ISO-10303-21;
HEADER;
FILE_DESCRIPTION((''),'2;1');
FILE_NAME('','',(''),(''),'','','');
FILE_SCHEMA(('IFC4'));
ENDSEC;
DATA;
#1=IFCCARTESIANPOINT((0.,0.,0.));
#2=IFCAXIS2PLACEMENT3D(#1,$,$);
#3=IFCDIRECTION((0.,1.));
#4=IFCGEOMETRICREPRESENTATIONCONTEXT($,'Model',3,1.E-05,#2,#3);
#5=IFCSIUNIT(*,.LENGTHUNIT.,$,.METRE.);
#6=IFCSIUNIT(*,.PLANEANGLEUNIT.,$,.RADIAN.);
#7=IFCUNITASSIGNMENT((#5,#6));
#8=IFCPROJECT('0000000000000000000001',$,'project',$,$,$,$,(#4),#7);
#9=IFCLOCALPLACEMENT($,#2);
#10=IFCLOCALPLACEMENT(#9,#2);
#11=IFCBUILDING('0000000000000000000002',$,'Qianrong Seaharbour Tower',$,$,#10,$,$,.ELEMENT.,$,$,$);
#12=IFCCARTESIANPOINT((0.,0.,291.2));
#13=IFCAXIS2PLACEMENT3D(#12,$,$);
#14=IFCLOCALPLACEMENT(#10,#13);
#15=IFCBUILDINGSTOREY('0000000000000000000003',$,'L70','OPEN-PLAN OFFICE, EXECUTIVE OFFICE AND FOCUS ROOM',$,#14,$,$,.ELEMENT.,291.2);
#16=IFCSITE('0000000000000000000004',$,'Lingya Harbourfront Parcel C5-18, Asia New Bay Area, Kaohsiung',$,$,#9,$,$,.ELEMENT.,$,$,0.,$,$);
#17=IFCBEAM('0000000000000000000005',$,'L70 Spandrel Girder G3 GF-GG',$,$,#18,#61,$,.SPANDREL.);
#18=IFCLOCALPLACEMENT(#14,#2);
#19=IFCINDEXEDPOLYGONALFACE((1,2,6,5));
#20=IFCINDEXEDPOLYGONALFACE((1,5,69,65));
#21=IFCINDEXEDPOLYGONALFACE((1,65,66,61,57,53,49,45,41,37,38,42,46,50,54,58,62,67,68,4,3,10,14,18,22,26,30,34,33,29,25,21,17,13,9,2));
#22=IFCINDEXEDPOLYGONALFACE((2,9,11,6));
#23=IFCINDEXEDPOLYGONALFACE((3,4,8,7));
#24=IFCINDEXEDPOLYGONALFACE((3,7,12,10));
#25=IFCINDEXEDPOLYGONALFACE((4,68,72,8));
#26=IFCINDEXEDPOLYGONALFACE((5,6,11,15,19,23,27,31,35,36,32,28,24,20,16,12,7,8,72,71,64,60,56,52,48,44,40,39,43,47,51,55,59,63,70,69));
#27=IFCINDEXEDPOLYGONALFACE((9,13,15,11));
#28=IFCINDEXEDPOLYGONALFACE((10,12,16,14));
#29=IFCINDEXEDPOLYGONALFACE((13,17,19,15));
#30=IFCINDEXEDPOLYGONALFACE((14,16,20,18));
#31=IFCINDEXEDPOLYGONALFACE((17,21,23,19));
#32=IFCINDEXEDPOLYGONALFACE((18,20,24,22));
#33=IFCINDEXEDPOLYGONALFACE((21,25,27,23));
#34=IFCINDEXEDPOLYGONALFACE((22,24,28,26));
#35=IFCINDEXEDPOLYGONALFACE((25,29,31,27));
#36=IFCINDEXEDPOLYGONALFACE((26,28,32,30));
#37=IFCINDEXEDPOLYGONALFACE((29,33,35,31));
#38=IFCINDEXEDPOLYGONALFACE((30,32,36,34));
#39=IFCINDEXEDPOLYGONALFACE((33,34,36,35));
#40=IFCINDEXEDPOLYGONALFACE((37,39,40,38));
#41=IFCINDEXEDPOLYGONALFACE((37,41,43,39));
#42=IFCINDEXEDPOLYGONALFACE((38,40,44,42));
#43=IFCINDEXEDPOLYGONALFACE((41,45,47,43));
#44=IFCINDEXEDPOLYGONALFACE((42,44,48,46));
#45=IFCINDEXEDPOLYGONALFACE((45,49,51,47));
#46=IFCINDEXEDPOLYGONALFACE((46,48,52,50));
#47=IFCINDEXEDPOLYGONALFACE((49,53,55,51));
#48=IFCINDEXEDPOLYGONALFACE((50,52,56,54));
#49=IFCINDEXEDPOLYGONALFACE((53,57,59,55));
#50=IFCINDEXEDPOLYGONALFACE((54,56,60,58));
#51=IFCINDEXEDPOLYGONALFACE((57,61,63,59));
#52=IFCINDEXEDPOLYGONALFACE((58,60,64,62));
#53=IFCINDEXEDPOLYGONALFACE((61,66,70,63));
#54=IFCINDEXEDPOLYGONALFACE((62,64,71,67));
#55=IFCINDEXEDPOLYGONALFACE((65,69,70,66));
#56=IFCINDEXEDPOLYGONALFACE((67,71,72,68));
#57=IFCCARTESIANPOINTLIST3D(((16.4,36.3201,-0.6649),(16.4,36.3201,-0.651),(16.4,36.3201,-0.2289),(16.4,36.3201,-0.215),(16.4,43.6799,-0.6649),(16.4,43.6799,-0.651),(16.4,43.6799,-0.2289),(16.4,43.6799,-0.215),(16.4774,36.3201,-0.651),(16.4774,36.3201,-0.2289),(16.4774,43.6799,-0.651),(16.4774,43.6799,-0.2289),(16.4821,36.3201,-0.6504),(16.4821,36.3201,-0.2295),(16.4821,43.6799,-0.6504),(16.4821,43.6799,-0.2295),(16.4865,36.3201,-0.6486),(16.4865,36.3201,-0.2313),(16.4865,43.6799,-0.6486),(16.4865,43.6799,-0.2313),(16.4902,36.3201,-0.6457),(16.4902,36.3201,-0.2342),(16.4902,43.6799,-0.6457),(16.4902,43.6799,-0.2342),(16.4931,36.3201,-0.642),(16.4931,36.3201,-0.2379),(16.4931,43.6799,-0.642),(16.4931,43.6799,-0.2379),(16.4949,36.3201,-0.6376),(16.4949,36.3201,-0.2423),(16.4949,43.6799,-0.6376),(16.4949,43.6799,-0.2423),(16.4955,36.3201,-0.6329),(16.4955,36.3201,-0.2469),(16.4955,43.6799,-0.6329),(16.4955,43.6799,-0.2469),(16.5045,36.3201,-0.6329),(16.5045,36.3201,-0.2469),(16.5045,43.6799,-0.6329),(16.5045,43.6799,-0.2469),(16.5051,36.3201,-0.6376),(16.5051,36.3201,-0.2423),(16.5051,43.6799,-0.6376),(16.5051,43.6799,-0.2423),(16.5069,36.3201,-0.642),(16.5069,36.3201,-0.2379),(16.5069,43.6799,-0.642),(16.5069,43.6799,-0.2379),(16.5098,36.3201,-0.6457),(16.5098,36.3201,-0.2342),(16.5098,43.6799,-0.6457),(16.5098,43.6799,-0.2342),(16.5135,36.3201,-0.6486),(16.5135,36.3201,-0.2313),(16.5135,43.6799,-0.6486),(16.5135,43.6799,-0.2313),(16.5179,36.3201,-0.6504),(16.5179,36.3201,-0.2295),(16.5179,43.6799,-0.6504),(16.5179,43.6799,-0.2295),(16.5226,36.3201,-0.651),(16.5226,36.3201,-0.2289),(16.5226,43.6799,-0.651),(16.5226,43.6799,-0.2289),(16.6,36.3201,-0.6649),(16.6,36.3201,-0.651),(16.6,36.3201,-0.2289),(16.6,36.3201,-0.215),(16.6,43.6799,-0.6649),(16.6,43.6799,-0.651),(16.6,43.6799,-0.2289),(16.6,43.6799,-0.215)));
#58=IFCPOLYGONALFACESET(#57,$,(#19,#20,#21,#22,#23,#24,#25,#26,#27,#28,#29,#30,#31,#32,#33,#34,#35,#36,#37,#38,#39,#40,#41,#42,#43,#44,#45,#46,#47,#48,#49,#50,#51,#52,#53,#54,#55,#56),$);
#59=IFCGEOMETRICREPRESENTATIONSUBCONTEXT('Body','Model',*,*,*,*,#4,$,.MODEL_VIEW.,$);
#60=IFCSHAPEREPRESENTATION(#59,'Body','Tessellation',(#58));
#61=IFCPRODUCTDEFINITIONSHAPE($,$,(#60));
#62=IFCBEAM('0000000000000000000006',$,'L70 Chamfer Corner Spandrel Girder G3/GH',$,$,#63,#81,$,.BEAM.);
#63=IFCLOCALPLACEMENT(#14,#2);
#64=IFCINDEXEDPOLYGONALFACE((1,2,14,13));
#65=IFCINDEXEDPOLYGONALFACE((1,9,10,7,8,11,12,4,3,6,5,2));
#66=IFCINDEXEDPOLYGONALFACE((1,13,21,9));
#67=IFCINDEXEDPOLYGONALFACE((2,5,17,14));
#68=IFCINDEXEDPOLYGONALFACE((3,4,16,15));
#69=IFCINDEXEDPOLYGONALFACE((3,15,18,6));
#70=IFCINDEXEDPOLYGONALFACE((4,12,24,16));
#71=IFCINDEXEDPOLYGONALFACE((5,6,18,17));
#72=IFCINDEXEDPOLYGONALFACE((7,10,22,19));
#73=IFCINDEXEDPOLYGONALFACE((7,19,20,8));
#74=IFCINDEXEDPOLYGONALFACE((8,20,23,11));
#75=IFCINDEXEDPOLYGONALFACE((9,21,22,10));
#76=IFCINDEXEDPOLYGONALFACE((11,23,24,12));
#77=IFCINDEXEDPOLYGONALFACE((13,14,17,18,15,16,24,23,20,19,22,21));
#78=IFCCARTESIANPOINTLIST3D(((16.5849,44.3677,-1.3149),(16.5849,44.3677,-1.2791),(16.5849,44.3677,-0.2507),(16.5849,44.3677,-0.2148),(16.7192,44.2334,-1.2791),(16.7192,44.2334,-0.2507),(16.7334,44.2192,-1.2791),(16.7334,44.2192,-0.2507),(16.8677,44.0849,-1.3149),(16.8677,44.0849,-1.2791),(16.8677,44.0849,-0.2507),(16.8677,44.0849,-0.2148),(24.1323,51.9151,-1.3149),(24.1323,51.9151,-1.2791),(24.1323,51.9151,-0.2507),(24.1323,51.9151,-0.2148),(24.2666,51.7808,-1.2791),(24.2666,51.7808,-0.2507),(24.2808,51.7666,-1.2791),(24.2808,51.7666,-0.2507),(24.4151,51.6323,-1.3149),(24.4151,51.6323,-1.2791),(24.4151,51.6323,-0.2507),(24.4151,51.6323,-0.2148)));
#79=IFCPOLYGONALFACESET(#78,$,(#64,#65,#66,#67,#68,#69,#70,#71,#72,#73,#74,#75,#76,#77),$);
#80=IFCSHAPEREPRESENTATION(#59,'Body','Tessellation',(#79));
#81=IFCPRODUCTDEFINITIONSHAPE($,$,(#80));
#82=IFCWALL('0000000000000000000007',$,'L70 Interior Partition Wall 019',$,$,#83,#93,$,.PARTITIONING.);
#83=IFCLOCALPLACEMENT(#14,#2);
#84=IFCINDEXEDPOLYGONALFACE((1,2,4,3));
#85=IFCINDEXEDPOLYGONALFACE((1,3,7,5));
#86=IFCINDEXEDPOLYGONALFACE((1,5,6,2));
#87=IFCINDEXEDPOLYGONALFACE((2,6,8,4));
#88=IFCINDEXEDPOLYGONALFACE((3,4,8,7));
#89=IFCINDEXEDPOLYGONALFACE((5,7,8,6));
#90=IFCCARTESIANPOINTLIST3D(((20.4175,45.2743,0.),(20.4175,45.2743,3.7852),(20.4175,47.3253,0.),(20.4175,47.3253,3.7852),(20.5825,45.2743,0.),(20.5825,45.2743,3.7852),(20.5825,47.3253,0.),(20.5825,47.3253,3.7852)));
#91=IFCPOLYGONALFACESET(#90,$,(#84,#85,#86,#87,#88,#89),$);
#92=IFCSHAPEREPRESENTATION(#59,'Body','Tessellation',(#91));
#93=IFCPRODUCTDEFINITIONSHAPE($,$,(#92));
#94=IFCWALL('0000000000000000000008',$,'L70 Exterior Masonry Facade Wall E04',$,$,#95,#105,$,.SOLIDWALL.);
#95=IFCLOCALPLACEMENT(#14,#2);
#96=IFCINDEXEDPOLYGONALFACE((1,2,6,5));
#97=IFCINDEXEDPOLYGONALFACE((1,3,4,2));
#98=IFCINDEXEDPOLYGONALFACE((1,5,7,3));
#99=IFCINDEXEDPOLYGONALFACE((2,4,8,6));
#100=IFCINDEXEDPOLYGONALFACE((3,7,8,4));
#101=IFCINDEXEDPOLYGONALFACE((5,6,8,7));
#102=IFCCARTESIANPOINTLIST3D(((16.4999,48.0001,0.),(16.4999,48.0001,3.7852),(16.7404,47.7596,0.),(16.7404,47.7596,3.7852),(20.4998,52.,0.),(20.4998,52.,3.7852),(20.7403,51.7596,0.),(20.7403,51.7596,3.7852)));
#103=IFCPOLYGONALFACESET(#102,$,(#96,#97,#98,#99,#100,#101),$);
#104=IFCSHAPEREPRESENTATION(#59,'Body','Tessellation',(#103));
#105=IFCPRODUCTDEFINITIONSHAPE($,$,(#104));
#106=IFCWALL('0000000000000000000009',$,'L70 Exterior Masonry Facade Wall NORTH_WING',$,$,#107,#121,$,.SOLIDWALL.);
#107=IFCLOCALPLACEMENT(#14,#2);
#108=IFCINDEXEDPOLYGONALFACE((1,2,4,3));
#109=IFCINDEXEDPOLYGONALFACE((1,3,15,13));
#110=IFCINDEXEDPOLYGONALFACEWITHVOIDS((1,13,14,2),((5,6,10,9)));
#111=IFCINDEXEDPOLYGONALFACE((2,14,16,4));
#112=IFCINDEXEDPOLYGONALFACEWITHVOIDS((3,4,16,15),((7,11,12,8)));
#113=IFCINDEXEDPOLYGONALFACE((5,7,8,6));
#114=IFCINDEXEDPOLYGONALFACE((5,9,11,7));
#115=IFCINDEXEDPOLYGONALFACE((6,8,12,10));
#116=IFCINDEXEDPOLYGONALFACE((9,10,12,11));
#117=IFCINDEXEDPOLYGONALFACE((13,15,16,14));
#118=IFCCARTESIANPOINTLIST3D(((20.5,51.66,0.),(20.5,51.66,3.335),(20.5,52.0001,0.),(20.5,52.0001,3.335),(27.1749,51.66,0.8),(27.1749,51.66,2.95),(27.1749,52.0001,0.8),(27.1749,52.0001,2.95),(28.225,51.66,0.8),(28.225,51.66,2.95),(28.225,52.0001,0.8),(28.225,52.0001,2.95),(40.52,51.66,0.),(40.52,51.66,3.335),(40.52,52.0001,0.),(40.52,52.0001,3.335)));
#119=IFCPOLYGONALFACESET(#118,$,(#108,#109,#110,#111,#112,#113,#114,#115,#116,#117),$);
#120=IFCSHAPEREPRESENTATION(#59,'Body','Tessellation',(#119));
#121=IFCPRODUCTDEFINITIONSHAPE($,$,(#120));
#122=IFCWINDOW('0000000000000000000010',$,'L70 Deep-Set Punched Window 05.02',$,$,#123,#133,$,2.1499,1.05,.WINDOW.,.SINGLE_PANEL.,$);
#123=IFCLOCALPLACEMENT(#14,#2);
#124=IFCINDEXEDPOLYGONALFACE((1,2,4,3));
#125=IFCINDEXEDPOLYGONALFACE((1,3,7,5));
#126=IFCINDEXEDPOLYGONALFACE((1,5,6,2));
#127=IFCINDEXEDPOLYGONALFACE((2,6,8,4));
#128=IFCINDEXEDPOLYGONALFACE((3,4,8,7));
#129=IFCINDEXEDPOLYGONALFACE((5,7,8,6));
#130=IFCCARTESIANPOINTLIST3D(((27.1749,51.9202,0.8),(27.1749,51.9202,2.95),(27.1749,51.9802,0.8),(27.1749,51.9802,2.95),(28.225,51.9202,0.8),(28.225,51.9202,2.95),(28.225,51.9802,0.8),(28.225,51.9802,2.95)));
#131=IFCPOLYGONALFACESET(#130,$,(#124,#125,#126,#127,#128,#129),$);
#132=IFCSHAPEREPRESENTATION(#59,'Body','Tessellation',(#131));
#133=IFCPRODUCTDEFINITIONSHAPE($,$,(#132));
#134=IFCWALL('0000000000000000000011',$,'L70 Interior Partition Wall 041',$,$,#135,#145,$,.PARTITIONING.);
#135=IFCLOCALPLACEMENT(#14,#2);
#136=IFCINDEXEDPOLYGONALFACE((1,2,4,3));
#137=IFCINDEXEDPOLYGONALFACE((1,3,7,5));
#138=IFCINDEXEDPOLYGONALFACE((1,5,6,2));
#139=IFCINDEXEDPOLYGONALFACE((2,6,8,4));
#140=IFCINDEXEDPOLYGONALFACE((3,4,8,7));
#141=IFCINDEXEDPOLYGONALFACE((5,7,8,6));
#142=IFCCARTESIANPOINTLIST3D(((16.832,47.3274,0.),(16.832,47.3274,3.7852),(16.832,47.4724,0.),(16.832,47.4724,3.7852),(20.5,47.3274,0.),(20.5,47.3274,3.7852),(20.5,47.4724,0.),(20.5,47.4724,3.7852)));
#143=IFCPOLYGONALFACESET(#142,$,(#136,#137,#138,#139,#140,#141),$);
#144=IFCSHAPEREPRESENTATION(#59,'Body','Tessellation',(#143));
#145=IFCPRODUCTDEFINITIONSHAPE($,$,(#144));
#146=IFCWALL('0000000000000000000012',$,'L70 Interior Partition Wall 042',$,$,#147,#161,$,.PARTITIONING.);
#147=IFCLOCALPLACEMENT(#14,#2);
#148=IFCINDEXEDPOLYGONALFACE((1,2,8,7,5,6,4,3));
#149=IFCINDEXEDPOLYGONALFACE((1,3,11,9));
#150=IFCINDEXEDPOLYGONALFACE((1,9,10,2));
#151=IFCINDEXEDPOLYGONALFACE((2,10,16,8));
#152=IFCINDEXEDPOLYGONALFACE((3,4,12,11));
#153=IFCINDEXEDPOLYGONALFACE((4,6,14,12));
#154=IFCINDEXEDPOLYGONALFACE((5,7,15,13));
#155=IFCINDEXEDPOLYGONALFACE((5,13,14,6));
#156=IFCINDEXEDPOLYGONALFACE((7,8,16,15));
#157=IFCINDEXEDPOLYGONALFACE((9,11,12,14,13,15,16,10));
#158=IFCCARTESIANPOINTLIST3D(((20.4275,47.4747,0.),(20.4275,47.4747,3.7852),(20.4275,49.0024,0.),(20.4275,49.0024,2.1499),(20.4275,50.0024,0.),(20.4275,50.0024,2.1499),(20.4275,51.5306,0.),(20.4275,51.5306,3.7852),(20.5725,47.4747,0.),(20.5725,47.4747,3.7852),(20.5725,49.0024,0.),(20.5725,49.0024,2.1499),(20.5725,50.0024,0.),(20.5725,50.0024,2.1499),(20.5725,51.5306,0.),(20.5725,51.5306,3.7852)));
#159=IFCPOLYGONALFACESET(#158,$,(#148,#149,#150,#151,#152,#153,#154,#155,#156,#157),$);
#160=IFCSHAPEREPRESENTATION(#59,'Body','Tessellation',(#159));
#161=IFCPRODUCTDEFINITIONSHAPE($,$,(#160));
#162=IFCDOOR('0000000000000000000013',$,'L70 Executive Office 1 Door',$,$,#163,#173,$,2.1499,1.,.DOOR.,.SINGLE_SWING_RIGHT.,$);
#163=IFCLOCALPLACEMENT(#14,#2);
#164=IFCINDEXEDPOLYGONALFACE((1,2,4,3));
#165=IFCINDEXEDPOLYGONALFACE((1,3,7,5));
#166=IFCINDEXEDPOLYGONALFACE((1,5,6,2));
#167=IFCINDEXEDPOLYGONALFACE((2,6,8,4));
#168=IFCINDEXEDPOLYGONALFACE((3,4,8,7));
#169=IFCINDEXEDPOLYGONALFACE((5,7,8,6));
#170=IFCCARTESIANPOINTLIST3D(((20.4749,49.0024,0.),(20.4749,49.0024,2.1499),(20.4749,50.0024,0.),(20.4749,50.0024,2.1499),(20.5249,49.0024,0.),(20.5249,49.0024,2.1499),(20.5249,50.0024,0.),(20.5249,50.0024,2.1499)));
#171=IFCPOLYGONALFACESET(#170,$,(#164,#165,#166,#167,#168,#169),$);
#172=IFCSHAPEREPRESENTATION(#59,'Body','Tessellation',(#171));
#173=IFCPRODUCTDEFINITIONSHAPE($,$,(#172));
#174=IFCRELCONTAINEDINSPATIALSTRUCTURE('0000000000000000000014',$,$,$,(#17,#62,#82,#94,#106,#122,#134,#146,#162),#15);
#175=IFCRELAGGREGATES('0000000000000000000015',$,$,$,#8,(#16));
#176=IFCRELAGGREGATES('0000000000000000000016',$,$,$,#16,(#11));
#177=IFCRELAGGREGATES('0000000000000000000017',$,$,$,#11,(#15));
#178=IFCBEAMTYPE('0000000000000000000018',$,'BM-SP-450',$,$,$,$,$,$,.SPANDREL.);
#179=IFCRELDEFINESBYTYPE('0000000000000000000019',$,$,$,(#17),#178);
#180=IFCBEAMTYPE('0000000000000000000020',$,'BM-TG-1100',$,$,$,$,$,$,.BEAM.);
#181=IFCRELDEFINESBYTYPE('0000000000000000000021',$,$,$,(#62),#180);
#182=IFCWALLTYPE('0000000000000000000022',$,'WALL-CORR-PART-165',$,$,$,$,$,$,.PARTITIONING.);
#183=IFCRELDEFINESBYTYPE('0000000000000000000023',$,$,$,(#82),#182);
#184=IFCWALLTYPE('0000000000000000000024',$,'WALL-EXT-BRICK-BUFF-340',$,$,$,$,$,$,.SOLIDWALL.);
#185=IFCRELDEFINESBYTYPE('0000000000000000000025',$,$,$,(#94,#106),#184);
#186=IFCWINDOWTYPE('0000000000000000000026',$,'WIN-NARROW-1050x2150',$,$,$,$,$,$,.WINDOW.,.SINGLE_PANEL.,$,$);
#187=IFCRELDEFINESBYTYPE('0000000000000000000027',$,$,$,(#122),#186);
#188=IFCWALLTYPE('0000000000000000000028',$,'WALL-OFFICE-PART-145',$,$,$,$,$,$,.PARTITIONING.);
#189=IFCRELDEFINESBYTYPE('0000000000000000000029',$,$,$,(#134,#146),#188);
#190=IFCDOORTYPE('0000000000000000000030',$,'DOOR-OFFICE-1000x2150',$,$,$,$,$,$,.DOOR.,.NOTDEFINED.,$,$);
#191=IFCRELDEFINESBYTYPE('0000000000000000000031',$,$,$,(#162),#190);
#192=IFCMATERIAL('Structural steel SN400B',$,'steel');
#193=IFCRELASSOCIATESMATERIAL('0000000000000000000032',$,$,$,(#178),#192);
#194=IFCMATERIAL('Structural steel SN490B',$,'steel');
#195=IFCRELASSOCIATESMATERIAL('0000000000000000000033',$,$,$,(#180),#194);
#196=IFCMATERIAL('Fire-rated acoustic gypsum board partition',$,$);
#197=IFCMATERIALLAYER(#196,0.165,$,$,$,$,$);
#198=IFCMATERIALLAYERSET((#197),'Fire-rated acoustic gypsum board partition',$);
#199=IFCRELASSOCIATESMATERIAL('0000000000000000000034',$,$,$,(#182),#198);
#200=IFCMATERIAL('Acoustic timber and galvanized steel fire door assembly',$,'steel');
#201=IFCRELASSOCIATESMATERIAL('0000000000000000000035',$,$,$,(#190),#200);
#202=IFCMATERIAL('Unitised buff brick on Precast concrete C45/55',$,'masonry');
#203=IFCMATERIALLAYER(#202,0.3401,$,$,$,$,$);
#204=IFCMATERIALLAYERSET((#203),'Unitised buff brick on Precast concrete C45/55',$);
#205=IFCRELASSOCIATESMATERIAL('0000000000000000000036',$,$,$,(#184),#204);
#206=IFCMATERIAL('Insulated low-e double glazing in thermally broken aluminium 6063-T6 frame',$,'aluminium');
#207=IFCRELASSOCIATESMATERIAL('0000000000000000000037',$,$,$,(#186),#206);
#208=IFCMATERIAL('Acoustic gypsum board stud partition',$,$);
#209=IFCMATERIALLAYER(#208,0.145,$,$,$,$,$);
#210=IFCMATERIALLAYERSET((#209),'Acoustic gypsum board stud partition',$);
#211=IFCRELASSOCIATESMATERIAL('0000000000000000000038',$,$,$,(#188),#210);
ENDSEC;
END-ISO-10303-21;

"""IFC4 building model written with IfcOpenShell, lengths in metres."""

from ifc_helpers import new_model, si_unit, direction, frame, frame_2d, origin, origin_2d, place, context, subcontext, project, spatial, rectangle, i_section, extrude, material, layer, layer_set, material_profile, profile_set, type_object, element, fill, save


model = new_model("IFC4")

# Units and contexts
model_context = context("Model", 3, precision=1e-05, world=origin(), true_north=direction((0.0, 1.0)))
body_context = subcontext(model_context, "Body", "Model", "MODEL_VIEW")
ifc_project = project(units=[si_unit("LENGTHUNIT", "METRE"), si_unit("PLANEANGLEUNIT", "RADIAN")], contexts=[model_context])

# Site, building, storey
site_placement = place(None, origin())
site = spatial("IfcSite", under=ifc_project, at=site_placement, Name="Lingya Harbourfront Parcel C5-18, Asia New Bay Area, Kaohsiung", CompositionType="ELEMENT", RefElevation=0.0)
building_placement = place(site_placement, origin())
building = spatial("IfcBuilding", under=site, at=building_placement, Name="Qianrong Seaharbour Tower", CompositionType="ELEMENT")
storey_placement = place(building_placement, frame((0.0, 0.0, 291.2)))
storey = spatial("IfcBuildingStorey", under=building, at=storey_placement, Name="L70", Description="OPEN-PLAN OFFICE, EXECUTIVE OFFICE AND FOCUS ROOM", CompositionType="ELEMENT", Elevation=291.2)

# Shared definitions
ifc_material_1 = material(Name="Structural steel SN400B", Category="steel")

# Beams
ifc_material_2 = material(Name="Structural steel SN490B", Category="steel")
ifc_material_profile_1 = material_profile(ifc_material_1, i_section(OverallWidth=0.2, OverallDepth=0.45, WebThickness=0.009, FlangeThickness=0.0139, FilletRadius=0.0181, at=origin_2d()), Name="H450x200x9x14")
ifc_profile_set_1 = profile_set([ifc_material_profile_1], Name="Structural steel SN400B")
beam_type_1 = type_object("IfcBeamType", Name="BM-SP-450", PredefinedType="SPANDREL", material=ifc_profile_set_1)
beam_1_placement = place(storey_placement, frame((16.5, 36.3201, -0.4399), z_axis=(0.0, 1.0, 0.0), x_axis=(-1.0, 0.0, 0.0)))
element("IfcBeam", 1, at=beam_1_placement, inside=storey, type_object=beam_type_1, Name="L70 Spandrel Girder G3 GF-GG", PredefinedType="SPANDREL", context=body_context, shape_type="SweptSolid", body=[
    extrude(i_section(OverallWidth=0.2, OverallDepth=0.45, WebThickness=0.009, FlangeThickness=0.0139, FilletRadius=0.0181, at=origin_2d()), origin(), (0.0, 0.0, 1.0), 7.3599),
])
ifc_material_profile_2 = material_profile(ifc_material_2, i_section(OverallWidth=0.3999, OverallDepth=1.1001, WebThickness=0.02, FlangeThickness=0.0359, at=origin_2d()), Name="BH1100x400x20x36")
ifc_profile_set_2 = profile_set([ifc_material_profile_2], Name="Structural steel SN490B")
beam_type_2 = type_object("IfcBeamType", Name="BM-TG-1100", PredefinedType="BEAM", material=ifc_profile_set_2)
beam_2_placement = place(storey_placement, frame((24.2737, 51.7737, -0.7649), z_axis=(-0.707107, -0.707107, 0.0), x_axis=(0.707107, -0.707107, 0.0)))
element("IfcBeam", 2, at=beam_2_placement, inside=storey, type_object=beam_type_2, Name="L70 Chamfer Corner Spandrel Girder G3/GH", PredefinedType="BEAM", context=body_context, shape_type="SweptSolid", body=[
    extrude(i_section(OverallWidth=0.3999, OverallDepth=1.1001, WebThickness=0.02, FlangeThickness=0.0359, at=origin_2d()), origin(), (0.0, 0.0, 1.0), 10.6736),
])

# Wall
ifc_material_3 = material(Name="Fire-rated acoustic gypsum board partition")
ifc_layer_1 = layer(ifc_material_3, 0.165)
ifc_layer_set_1 = layer_set([ifc_layer_1], Name="Fire-rated acoustic gypsum board partition")
wall_type_1 = type_object("IfcWallType", Name="WALL-CORR-PART-165", PredefinedType="PARTITIONING", material=ifc_layer_set_1)
wall_1_placement = place(storey_placement, frame((20.5, 45.2744, 0.0), z_axis=(0.0, 0.0, 1.0), x_axis=(0.0, 1.0, 0.0)))
element("IfcWall", 3, at=wall_1_placement, inside=storey, type_object=wall_type_1, Name="L70 Interior Partition Wall 019", PredefinedType="PARTITIONING", context=body_context, shape_type="SweptSolid", body=[
    extrude(rectangle(XDim=2.051, YDim=0.165, at=frame_2d((1.0254, 0.0))), origin(), (0.0, 0.0, 1.0), 3.7852),
])

# Shared definitions
ifc_material_4 = material(Name="Acoustic timber and galvanized steel fire door assembly", Category="steel")
door_type = type_object("IfcDoorType", Name="DOOR-OFFICE-1000x2150", OperationType="NOTDEFINED", PredefinedType="DOOR", material=ifc_material_4)

# Wall
ifc_material_5 = material(Name="Unitised buff brick on Precast concrete C45/55", Category="masonry")
ifc_layer_2 = layer(ifc_material_5, 0.3401)
ifc_layer_set_2 = layer_set([ifc_layer_2], Name="Unitised buff brick on Precast concrete C45/55")
wall_type_2 = type_object("IfcWallType", Name="WALL-EXT-BRICK-BUFF-340", PredefinedType="SOLIDWALL", material=ifc_layer_set_2)
wall_2_placement = place(storey_placement, frame((16.6201, 47.8799, 0.0), z_axis=(0.0, 0.0, 1.0), x_axis=(0.707107, 0.707107, 0.0)))
element("IfcWall", 4, at=wall_2_placement, inside=storey, type_object=wall_type_2, Name="L70 Exterior Masonry Facade Wall E04", PredefinedType="SOLIDWALL", context=body_context, shape_type="SweptSolid", body=[
    extrude(rectangle(XDim=5.6567, YDim=0.3401, at=frame_2d((2.8284, 0.0))), origin(), (0.0, 0.0, 1.0), 3.7852),
])

# Wall, opening, window
wall_3_placement = place(storey_placement, frame((20.5, 51.8301, 0.0), z_axis=(0.0, 0.0, 1.0), x_axis=(1.0, 0.0, 0.0)))
wall_3 = element("IfcWall", 5, at=wall_3_placement, inside=storey, type_object=wall_type_2, Name="L70 Exterior Masonry Facade Wall NORTH_WING", PredefinedType="SOLIDWALL", context=body_context, shape_type="SweptSolid", body=[
    extrude(rectangle(XDim=20.02, YDim=0.3401, at=frame_2d((10.01, 0.0))), origin(), (0.0, 0.0, 1.0), 3.335),
])
opening_1_placement = place(wall_3_placement, frame((6.675, 0.0, 0.8)))
opening_1 = element("IfcOpeningElement", 6, at=opening_1_placement, cuts=wall_3, PredefinedType="OPENING", context=body_context, shape_type="SweptSolid", body=[
    extrude(rectangle(XDim=1.05, YDim=2.1499, at=frame_2d((0.5249, 1.075))), frame((0.0, 0.1802, 0.0), z_axis=(0.0, -1.0, 0.0), x_axis=(1.0, 0.0, 0.0)), (0.0, 0.0, 1.0), 0.3601),
])
ifc_material_6 = material(Name="Insulated low-e double glazing in thermally broken aluminium 6063-T6 frame", Category="aluminium")
window_type = type_object("IfcWindowType", Name="WIN-NARROW-1050x2150", PartitioningType="SINGLE_PANEL", PredefinedType="WINDOW", material=ifc_material_6)
window_placement = place(opening_1_placement, origin())
window = element("IfcWindow", 7, at=window_placement, inside=storey, type_object=window_type, Name="L70 Deep-Set Punched Window 05.02", OverallHeight=2.1499, OverallWidth=1.05, PartitioningType="SINGLE_PANEL", PredefinedType="WINDOW", context=body_context, shape_type="SweptSolid", body=[
    extrude(rectangle(XDim=1.05, YDim=2.1499, at=frame_2d((0.5249, 1.075))), frame((0.0, 0.1501, 0.0), z_axis=(0.0, -1.0, 0.0), x_axis=(1.0, 0.0, 0.0)), (0.0, 0.0, 1.0), 0.0601),
])
fill(opening_1, window)

# Wall
ifc_material_7 = material(Name="Acoustic gypsum board stud partition")
ifc_layer_3 = layer(ifc_material_7, 0.145)
ifc_layer_set_3 = layer_set([ifc_layer_3], Name="Acoustic gypsum board stud partition")
wall_type_3 = type_object("IfcWallType", Name="WALL-OFFICE-PART-145", PredefinedType="PARTITIONING", material=ifc_layer_set_3)
wall_4_placement = place(storey_placement, frame((16.832, 47.3999, 0.0), z_axis=(0.0, 0.0, 1.0), x_axis=(1.0, 0.0, 0.0)))
element("IfcWall", 8, at=wall_4_placement, inside=storey, type_object=wall_type_3, Name="L70 Interior Partition Wall 041", PredefinedType="PARTITIONING", context=body_context, shape_type="SweptSolid", body=[
    extrude(rectangle(XDim=3.668, YDim=0.145, at=frame_2d((1.834, 0.0))), origin(), (0.0, 0.0, 1.0), 3.7852),
])

# Wall, opening, door
wall_5_placement = place(storey_placement, frame((20.5, 51.5305, 0.0), z_axis=(0.0, 0.0, 1.0), x_axis=(0.0, -1.0, 0.0)))
wall_5 = element("IfcWall", 9, at=wall_5_placement, inside=storey, type_object=wall_type_3, Name="L70 Interior Partition Wall 042", PredefinedType="PARTITIONING", context=body_context, shape_type="SweptSolid", body=[
    extrude(rectangle(XDim=4.0559, YDim=0.145, at=frame_2d((2.0278, 0.0))), origin(), (0.0, 0.0, 1.0), 3.7852),
])
opening_2_placement = place(wall_5_placement, frame((1.5281, 0.0, 0.0)))
opening_2 = element("IfcOpeningElement", 10, at=opening_2_placement, cuts=wall_5, PredefinedType="OPENING", context=body_context, shape_type="SweptSolid", body=[
    extrude(rectangle(XDim=1.0, YDim=2.1499, at=frame_2d((0.5, 1.075))), frame((0.0, 0.0825, 0.0), z_axis=(0.0, -1.0, 0.0), x_axis=(1.0, 0.0, 0.0)), (0.0, 0.0, 1.0), 0.165),
])
door_1_placement = place(opening_2_placement, origin())
door_1 = element("IfcDoor", 11, at=door_1_placement, inside=storey, type_object=door_type, Name="L70 Executive Office 1 Door", OperationType="SINGLE_SWING_RIGHT", OverallHeight=2.1499, OverallWidth=1.0, PredefinedType="DOOR", context=body_context, shape_type="SweptSolid", body=[
    extrude(rectangle(XDim=1.0, YDim=2.1499, at=frame_2d((0.5, 1.075))), frame((0.0, 0.0249, 0.0), z_axis=(0.0, -1.0, 0.0), x_axis=(1.0, 0.0, 0.0)), (0.0, 0.0, 1.0), 0.05),
])
fill(opening_2, door_1)

save(model, "model.ifc")
